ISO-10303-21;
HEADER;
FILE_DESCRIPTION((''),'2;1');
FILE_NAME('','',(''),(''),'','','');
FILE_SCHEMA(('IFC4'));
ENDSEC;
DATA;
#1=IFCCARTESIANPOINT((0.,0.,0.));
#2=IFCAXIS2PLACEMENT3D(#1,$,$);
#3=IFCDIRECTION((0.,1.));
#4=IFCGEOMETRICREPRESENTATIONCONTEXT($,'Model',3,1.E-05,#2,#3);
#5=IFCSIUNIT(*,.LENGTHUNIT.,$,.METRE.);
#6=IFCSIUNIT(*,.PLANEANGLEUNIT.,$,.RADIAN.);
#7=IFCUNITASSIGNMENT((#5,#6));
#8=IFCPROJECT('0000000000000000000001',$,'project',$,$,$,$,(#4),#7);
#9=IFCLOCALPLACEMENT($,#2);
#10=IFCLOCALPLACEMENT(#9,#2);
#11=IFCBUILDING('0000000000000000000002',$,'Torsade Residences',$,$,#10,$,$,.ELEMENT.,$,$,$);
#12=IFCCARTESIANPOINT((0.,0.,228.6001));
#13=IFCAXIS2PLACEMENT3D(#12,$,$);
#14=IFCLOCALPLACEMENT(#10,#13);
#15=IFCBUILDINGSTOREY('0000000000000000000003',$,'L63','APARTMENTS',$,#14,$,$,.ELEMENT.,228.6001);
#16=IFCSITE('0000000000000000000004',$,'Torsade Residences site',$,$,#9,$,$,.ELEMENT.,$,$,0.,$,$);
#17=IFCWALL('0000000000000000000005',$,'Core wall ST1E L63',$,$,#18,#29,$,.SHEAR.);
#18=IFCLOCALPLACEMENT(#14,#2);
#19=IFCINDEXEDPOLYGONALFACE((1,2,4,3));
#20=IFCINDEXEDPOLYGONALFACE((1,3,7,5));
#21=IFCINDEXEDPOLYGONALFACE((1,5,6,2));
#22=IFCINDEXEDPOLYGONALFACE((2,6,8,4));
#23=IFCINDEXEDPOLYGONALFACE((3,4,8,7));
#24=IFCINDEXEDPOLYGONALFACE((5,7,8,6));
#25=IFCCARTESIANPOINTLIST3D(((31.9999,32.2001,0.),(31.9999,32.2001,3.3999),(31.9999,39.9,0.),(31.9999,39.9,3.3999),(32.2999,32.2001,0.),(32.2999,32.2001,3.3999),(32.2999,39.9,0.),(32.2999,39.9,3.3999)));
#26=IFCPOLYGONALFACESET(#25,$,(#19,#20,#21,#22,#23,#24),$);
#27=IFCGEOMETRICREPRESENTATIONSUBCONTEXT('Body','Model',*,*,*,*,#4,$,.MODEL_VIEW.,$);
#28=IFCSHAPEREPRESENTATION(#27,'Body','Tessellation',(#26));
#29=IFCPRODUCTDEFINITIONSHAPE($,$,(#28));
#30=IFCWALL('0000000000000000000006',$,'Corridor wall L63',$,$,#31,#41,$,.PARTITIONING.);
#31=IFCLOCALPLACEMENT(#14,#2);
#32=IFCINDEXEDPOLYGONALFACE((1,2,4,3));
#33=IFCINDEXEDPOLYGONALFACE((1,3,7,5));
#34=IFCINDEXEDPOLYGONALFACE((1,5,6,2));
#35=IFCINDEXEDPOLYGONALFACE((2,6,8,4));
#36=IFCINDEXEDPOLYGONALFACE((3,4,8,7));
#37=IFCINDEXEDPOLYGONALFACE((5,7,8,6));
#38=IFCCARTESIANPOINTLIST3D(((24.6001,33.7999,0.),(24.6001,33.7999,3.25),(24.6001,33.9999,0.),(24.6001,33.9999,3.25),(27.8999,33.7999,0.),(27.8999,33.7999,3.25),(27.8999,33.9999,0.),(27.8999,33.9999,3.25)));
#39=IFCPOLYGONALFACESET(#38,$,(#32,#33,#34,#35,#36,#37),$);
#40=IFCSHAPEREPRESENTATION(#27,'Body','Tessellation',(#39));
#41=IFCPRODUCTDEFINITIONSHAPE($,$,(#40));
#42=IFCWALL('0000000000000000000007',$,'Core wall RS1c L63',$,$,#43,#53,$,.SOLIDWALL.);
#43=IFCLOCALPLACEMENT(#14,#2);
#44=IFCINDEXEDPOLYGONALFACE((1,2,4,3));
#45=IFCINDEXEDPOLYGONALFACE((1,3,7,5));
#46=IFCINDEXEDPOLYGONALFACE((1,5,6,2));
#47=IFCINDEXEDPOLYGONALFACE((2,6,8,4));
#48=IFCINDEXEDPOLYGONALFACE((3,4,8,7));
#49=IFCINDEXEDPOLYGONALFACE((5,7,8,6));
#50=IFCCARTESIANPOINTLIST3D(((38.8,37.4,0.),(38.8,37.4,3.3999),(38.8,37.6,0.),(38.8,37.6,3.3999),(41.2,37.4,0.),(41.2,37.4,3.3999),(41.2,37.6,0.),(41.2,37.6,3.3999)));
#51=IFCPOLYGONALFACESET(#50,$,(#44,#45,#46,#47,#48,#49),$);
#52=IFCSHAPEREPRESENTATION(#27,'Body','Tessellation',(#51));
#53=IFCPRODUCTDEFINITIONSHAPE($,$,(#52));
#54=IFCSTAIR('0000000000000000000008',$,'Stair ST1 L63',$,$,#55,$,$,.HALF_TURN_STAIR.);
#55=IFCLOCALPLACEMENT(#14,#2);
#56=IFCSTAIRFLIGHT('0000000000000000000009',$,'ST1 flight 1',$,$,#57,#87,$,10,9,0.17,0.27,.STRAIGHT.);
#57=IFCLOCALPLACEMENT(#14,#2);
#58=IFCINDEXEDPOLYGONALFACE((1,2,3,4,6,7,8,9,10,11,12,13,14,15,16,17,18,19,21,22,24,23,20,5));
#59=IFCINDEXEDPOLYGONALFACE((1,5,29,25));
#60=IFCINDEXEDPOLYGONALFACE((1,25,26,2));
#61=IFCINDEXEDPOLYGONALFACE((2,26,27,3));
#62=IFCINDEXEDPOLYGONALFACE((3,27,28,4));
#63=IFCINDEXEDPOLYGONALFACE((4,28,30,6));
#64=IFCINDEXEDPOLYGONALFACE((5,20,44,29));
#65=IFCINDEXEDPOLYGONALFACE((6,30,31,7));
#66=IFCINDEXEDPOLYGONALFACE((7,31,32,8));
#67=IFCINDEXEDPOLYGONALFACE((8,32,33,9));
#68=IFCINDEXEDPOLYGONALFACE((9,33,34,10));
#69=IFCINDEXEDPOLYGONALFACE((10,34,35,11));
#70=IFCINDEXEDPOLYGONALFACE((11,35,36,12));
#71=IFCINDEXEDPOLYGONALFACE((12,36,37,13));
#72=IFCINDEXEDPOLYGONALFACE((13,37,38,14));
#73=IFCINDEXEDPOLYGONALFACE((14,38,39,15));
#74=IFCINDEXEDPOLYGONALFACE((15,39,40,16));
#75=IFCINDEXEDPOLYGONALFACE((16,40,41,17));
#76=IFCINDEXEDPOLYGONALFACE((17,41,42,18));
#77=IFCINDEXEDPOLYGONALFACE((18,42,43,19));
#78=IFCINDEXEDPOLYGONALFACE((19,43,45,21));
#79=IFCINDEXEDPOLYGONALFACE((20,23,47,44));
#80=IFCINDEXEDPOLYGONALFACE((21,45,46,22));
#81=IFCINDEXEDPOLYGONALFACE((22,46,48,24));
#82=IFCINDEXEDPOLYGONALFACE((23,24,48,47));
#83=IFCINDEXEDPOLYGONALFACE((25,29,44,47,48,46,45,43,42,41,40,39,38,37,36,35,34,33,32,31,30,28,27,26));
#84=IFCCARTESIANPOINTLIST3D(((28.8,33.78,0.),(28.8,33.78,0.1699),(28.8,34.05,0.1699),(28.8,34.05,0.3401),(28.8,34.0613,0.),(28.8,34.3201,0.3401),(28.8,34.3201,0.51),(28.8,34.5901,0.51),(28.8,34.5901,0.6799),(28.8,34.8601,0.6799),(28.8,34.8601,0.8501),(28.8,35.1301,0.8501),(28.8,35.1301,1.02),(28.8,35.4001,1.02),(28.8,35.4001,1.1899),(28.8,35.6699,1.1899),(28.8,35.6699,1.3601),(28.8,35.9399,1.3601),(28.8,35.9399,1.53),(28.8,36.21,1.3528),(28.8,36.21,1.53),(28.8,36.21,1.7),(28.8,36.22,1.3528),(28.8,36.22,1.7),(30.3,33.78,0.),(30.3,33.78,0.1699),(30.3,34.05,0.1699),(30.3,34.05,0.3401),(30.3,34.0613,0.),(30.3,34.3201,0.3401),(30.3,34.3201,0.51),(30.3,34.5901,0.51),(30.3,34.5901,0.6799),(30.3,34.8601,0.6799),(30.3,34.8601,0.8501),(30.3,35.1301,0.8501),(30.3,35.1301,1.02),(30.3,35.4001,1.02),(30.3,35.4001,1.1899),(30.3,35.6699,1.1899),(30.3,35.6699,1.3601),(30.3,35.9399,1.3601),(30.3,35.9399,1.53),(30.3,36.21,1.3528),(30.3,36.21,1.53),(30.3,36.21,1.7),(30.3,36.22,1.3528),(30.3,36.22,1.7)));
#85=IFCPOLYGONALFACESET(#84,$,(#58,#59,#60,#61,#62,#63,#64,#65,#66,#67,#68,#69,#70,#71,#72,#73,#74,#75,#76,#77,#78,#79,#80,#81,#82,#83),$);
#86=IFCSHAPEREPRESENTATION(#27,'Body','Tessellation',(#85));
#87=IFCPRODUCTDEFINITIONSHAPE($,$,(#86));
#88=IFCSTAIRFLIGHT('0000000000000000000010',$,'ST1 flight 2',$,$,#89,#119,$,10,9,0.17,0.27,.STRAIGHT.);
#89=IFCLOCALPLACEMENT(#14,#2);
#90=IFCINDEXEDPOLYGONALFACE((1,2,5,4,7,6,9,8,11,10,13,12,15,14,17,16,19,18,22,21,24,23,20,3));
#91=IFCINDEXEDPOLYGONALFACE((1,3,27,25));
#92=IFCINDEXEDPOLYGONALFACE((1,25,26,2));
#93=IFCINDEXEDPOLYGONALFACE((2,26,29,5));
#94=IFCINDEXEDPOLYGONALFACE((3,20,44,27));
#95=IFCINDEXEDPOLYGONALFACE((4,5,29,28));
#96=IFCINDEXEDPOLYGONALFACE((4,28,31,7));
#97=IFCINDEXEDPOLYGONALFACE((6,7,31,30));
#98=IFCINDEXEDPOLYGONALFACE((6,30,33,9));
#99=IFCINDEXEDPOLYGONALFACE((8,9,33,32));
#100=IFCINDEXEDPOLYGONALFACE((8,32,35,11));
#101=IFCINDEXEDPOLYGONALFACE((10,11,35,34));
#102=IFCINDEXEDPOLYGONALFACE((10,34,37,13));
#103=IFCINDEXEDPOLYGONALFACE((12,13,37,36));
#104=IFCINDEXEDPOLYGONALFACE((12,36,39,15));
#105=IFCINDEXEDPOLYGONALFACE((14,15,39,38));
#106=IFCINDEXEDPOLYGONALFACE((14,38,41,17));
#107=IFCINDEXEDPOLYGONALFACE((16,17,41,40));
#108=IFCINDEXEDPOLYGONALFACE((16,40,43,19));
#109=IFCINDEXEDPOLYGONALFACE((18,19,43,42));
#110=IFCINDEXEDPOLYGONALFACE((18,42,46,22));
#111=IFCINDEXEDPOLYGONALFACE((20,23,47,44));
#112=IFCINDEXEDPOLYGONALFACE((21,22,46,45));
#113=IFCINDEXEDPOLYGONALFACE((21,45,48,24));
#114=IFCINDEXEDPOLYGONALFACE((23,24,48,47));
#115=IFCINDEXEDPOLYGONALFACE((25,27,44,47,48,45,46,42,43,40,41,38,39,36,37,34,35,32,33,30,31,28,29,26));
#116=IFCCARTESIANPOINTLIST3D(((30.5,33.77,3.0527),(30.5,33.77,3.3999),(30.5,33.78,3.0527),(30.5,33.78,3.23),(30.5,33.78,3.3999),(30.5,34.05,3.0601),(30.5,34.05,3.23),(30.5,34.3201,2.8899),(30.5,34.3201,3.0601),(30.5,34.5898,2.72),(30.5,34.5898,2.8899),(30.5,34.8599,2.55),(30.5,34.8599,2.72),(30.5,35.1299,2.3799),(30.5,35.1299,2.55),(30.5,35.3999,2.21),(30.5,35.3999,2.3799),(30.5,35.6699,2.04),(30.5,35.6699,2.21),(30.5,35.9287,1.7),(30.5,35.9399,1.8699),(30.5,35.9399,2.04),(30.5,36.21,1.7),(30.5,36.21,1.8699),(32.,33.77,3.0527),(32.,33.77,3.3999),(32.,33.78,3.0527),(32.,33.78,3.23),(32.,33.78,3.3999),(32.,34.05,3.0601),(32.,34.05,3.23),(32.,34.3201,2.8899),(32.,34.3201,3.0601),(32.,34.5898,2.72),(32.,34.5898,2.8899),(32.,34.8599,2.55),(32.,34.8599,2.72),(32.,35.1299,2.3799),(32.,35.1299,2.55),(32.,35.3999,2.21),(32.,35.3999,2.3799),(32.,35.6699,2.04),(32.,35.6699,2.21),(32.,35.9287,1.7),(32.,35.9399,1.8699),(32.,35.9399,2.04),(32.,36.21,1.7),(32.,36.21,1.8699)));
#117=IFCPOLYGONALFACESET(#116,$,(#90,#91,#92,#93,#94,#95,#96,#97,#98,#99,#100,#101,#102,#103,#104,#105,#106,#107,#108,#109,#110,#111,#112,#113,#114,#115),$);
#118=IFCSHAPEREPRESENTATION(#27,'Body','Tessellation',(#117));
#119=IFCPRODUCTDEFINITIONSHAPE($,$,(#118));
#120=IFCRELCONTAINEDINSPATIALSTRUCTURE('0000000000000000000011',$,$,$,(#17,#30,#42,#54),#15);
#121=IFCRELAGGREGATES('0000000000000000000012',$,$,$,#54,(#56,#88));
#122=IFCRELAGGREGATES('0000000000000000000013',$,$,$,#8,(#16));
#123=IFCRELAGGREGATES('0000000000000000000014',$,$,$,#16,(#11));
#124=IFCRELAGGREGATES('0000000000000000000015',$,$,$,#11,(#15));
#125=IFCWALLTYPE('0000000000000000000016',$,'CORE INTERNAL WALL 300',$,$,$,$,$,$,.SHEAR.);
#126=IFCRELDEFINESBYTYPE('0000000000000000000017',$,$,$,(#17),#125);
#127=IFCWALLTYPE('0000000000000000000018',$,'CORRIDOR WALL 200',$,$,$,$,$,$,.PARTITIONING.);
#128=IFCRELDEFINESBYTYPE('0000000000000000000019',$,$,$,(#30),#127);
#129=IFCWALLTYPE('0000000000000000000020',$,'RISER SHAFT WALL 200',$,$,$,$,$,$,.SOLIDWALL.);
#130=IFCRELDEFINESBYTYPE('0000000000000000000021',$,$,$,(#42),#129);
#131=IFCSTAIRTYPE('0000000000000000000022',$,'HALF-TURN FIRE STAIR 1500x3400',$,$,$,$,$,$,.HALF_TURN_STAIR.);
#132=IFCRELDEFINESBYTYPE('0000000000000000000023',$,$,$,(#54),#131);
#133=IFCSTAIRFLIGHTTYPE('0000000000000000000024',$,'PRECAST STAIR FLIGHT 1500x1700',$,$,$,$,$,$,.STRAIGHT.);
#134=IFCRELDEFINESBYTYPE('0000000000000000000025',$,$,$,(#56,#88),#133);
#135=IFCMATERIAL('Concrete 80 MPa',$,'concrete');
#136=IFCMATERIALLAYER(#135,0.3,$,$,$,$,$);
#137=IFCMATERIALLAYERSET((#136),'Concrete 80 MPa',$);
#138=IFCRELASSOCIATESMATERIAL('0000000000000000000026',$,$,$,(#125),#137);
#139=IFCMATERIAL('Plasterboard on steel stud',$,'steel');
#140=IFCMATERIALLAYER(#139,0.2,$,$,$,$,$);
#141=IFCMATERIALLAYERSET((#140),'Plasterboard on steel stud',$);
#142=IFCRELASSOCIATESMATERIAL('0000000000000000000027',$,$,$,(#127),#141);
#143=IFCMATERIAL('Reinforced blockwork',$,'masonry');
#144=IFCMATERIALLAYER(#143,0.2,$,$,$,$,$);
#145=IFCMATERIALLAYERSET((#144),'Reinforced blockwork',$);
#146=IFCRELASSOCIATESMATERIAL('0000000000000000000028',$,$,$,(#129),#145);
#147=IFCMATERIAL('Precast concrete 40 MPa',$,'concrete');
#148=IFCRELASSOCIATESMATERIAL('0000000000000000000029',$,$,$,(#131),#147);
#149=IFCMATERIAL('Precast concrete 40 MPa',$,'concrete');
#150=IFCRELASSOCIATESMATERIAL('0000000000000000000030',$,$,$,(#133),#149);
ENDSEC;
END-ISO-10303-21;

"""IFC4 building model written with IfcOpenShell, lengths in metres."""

from ifc_helpers import new_model, si_unit, direction, frame, frame_2d, origin, place, context, subcontext, project, spatial, polyline, rectangle, outline, extrude, material, layer, layer_set, type_object, element, aggregate, save


model = new_model("IFC4")

# Units and contexts
model_context = context("Model", 3, precision=1e-05, world=origin(), true_north=direction((0.0, 1.0)))
body_context = subcontext(model_context, "Body", "Model", "MODEL_VIEW")
ifc_project = project(units=[si_unit("LENGTHUNIT", "METRE"), si_unit("PLANEANGLEUNIT", "RADIAN")], contexts=[model_context])

# Site, building, storey
site_placement = place(None, origin())
site = spatial("IfcSite", under=ifc_project, at=site_placement, Name="Torsade Residences site", CompositionType="ELEMENT", RefElevation=0.0)
building_placement = place(site_placement, origin())
building = spatial("IfcBuilding", under=site, at=building_placement, Name="Torsade Residences", CompositionType="ELEMENT")
storey_placement = place(building_placement, frame((0.0, 0.0, 228.6001)))
storey = spatial("IfcBuildingStorey", under=building, at=storey_placement, Name="L63", Description="APARTMENTS", CompositionType="ELEMENT", Elevation=228.6001)

# Shared definitions
ifc_material_1 = material(Name="Concrete 80 MPa", Category="concrete")
ifc_layer_1 = layer(ifc_material_1, 0.3)
ifc_layer_set_1 = layer_set([ifc_layer_1], Name="Concrete 80 MPa")
wall_type_1 = type_object("IfcWallType", Name="CORE INTERNAL WALL 300", PredefinedType="SHEAR", material=ifc_layer_set_1)

# Walls
wall_1_placement = place(storey_placement, frame((32.1499, 32.2, 0.0), z_axis=(0.0, 0.0, 1.0), x_axis=(0.0, 1.0, 0.0)))
element("IfcWall", 1, at=wall_1_placement, inside=storey, type_object=wall_type_1, Name="Core wall ST1E L63", PredefinedType="SHEAR", context=body_context, shape_type="SweptSolid", body=[
    extrude(rectangle(XDim=7.7, YDim=0.3, at=frame_2d((3.8501, 0.0))), origin(), (0.0, 0.0, 1.0), 3.3999),
])
ifc_material_2 = material(Name="Plasterboard on steel stud", Category="steel")
ifc_layer_2 = layer(ifc_material_2, 0.2)
ifc_layer_set_2 = layer_set([ifc_layer_2], Name="Plasterboard on steel stud")
wall_type_2 = type_object("IfcWallType", Name="CORRIDOR WALL 200", PredefinedType="PARTITIONING", material=ifc_layer_set_2)
wall_2_placement = place(storey_placement, frame((27.8999, 33.8999, 0.0), z_axis=(0.0, 0.0, 1.0), x_axis=(-1.0, 0.0, 0.0)))
element("IfcWall", 2, at=wall_2_placement, inside=storey, type_object=wall_type_2, Name="Corridor wall L63", PredefinedType="PARTITIONING", context=body_context, shape_type="SweptSolid", body=[
    extrude(rectangle(XDim=3.2998, YDim=0.2, at=frame_2d((1.6499, 0.0))), origin(), (0.0, 0.0, 1.0), 3.25),
])
ifc_material_3 = material(Name="Reinforced blockwork", Category="masonry")
ifc_layer_3 = layer(ifc_material_3, 0.2)
ifc_layer_set_3 = layer_set([ifc_layer_3], Name="Reinforced blockwork")
wall_type_3 = type_object("IfcWallType", Name="RISER SHAFT WALL 200", PredefinedType="SOLIDWALL", material=ifc_layer_set_3)
wall_3_placement = place(storey_placement, frame((38.8, 37.5, 0.0), z_axis=(0.0, 0.0, 1.0), x_axis=(1.0, 0.0, 0.0)))
element("IfcWall", 3, at=wall_3_placement, inside=storey, type_object=wall_type_3, Name="Core wall RS1c L63", PredefinedType="SOLIDWALL", context=body_context, shape_type="SweptSolid", body=[
    extrude(rectangle(XDim=2.3999, YDim=0.2, at=frame_2d((1.2, 0.0))), origin(), (0.0, 0.0, 1.0), 3.3999),
])

# Stair, stair flights
ifc_material_4 = material(Name="Precast concrete 40 MPa", Category="concrete")
stair_type = type_object("IfcStairType", Name="HALF-TURN FIRE STAIR 1500x3400", PredefinedType="HALF_TURN_STAIR", material=ifc_material_4)
stair_placement = place(storey_placement, origin())
stair = element("IfcStair", 4, at=stair_placement, inside=storey, type_object=stair_type, Name="Stair ST1 L63", PredefinedType="HALF_TURN_STAIR")
ifc_material_5 = material(Name="Precast concrete 40 MPa", Category="concrete")
stair_flight_type = type_object("IfcStairFlightType", Name="PRECAST STAIR FLIGHT 1500x1700", PredefinedType="STRAIGHT", material=ifc_material_5)
stair_flight_1_placement = place(storey_placement, frame((29.55, 33.78, 0.0), z_axis=(0.0, 0.0, 1.0), x_axis=(0.0, 1.0, 0.0)))
stair_flight_1 = element("IfcStairFlight", 5, at=stair_flight_1_placement, type_object=stair_flight_type, Name="ST1 flight 1", NumberOfRisers=10, NumberOfTreads=9, PredefinedType="STRAIGHT", RiserHeight=0.17, TreadLength=0.27, context=body_context, shape_type="SweptSolid", body=[
    extrude(outline(polyline([(0.0, 0.0), (0.0, 0.1699), (0.27, 0.1699), (0.27, 0.3401), (0.54, 0.3401), (0.54, 0.51), (0.8101, 0.51), (0.8101, 0.6799), (1.0801, 0.6799), (1.0801, 0.8501), (1.3501, 0.8501), (1.3501, 1.02), (1.6201, 1.02), (1.6201, 1.1899), (1.8899, 1.1899), (1.8899, 1.3601), (2.1599, 1.3601), (2.1599, 1.53), (2.4299, 1.53), (2.4299, 1.7), (2.4399, 1.7), (2.4399, 1.3528), (2.4299, 1.3528), (0.2812, 0.0), (0.0, 0.0)])), frame((0.0, 0.75, 0.0), z_axis=(0.0, -1.0, 0.0), x_axis=(1.0, 0.0, 0.0)), (0.0, 0.0, 1.0), 1.5),
])
stair_flight_2_placement = place(storey_placement, frame((31.25, 36.21, 1.7), z_axis=(0.0, 0.0, 1.0), x_axis=(0.0, -1.0, 0.0)))
stair_flight_2 = element("IfcStairFlight", 6, at=stair_flight_2_placement, type_object=stair_flight_type, Name="ST1 flight 2", NumberOfRisers=10, NumberOfTreads=9, PredefinedType="STRAIGHT", RiserHeight=0.17, TreadLength=0.27, context=body_context, shape_type="SweptSolid", body=[
    extrude(outline(polyline([(0.0, 0.0), (0.0, 0.1699), (0.27, 0.1699), (0.27, 0.3401), (0.54, 0.3401), (0.54, 0.51), (0.8101, 0.51), (0.8101, 0.6799), (1.0801, 0.6799), (1.0801, 0.8501), (1.3501, 0.8501), (1.3501, 1.02), (1.6201, 1.02), (1.6201, 1.1899), (1.8899, 1.1899), (1.8899, 1.3601), (2.1599, 1.3601), (2.1599, 1.53), (2.4299, 1.53), (2.4299, 1.7), (2.4399, 1.7), (2.4399, 1.3528), (2.4299, 1.3528), (0.2812, 0.0), (0.0, 0.0)])), frame((0.0, 0.75, 0.0), z_axis=(0.0, -1.0, 0.0), x_axis=(1.0, 0.0, 0.0)), (0.0, 0.0, 1.0), 1.5),
])
aggregate(stair, [stair_flight_1, stair_flight_2])

save(model, "model.ifc")
